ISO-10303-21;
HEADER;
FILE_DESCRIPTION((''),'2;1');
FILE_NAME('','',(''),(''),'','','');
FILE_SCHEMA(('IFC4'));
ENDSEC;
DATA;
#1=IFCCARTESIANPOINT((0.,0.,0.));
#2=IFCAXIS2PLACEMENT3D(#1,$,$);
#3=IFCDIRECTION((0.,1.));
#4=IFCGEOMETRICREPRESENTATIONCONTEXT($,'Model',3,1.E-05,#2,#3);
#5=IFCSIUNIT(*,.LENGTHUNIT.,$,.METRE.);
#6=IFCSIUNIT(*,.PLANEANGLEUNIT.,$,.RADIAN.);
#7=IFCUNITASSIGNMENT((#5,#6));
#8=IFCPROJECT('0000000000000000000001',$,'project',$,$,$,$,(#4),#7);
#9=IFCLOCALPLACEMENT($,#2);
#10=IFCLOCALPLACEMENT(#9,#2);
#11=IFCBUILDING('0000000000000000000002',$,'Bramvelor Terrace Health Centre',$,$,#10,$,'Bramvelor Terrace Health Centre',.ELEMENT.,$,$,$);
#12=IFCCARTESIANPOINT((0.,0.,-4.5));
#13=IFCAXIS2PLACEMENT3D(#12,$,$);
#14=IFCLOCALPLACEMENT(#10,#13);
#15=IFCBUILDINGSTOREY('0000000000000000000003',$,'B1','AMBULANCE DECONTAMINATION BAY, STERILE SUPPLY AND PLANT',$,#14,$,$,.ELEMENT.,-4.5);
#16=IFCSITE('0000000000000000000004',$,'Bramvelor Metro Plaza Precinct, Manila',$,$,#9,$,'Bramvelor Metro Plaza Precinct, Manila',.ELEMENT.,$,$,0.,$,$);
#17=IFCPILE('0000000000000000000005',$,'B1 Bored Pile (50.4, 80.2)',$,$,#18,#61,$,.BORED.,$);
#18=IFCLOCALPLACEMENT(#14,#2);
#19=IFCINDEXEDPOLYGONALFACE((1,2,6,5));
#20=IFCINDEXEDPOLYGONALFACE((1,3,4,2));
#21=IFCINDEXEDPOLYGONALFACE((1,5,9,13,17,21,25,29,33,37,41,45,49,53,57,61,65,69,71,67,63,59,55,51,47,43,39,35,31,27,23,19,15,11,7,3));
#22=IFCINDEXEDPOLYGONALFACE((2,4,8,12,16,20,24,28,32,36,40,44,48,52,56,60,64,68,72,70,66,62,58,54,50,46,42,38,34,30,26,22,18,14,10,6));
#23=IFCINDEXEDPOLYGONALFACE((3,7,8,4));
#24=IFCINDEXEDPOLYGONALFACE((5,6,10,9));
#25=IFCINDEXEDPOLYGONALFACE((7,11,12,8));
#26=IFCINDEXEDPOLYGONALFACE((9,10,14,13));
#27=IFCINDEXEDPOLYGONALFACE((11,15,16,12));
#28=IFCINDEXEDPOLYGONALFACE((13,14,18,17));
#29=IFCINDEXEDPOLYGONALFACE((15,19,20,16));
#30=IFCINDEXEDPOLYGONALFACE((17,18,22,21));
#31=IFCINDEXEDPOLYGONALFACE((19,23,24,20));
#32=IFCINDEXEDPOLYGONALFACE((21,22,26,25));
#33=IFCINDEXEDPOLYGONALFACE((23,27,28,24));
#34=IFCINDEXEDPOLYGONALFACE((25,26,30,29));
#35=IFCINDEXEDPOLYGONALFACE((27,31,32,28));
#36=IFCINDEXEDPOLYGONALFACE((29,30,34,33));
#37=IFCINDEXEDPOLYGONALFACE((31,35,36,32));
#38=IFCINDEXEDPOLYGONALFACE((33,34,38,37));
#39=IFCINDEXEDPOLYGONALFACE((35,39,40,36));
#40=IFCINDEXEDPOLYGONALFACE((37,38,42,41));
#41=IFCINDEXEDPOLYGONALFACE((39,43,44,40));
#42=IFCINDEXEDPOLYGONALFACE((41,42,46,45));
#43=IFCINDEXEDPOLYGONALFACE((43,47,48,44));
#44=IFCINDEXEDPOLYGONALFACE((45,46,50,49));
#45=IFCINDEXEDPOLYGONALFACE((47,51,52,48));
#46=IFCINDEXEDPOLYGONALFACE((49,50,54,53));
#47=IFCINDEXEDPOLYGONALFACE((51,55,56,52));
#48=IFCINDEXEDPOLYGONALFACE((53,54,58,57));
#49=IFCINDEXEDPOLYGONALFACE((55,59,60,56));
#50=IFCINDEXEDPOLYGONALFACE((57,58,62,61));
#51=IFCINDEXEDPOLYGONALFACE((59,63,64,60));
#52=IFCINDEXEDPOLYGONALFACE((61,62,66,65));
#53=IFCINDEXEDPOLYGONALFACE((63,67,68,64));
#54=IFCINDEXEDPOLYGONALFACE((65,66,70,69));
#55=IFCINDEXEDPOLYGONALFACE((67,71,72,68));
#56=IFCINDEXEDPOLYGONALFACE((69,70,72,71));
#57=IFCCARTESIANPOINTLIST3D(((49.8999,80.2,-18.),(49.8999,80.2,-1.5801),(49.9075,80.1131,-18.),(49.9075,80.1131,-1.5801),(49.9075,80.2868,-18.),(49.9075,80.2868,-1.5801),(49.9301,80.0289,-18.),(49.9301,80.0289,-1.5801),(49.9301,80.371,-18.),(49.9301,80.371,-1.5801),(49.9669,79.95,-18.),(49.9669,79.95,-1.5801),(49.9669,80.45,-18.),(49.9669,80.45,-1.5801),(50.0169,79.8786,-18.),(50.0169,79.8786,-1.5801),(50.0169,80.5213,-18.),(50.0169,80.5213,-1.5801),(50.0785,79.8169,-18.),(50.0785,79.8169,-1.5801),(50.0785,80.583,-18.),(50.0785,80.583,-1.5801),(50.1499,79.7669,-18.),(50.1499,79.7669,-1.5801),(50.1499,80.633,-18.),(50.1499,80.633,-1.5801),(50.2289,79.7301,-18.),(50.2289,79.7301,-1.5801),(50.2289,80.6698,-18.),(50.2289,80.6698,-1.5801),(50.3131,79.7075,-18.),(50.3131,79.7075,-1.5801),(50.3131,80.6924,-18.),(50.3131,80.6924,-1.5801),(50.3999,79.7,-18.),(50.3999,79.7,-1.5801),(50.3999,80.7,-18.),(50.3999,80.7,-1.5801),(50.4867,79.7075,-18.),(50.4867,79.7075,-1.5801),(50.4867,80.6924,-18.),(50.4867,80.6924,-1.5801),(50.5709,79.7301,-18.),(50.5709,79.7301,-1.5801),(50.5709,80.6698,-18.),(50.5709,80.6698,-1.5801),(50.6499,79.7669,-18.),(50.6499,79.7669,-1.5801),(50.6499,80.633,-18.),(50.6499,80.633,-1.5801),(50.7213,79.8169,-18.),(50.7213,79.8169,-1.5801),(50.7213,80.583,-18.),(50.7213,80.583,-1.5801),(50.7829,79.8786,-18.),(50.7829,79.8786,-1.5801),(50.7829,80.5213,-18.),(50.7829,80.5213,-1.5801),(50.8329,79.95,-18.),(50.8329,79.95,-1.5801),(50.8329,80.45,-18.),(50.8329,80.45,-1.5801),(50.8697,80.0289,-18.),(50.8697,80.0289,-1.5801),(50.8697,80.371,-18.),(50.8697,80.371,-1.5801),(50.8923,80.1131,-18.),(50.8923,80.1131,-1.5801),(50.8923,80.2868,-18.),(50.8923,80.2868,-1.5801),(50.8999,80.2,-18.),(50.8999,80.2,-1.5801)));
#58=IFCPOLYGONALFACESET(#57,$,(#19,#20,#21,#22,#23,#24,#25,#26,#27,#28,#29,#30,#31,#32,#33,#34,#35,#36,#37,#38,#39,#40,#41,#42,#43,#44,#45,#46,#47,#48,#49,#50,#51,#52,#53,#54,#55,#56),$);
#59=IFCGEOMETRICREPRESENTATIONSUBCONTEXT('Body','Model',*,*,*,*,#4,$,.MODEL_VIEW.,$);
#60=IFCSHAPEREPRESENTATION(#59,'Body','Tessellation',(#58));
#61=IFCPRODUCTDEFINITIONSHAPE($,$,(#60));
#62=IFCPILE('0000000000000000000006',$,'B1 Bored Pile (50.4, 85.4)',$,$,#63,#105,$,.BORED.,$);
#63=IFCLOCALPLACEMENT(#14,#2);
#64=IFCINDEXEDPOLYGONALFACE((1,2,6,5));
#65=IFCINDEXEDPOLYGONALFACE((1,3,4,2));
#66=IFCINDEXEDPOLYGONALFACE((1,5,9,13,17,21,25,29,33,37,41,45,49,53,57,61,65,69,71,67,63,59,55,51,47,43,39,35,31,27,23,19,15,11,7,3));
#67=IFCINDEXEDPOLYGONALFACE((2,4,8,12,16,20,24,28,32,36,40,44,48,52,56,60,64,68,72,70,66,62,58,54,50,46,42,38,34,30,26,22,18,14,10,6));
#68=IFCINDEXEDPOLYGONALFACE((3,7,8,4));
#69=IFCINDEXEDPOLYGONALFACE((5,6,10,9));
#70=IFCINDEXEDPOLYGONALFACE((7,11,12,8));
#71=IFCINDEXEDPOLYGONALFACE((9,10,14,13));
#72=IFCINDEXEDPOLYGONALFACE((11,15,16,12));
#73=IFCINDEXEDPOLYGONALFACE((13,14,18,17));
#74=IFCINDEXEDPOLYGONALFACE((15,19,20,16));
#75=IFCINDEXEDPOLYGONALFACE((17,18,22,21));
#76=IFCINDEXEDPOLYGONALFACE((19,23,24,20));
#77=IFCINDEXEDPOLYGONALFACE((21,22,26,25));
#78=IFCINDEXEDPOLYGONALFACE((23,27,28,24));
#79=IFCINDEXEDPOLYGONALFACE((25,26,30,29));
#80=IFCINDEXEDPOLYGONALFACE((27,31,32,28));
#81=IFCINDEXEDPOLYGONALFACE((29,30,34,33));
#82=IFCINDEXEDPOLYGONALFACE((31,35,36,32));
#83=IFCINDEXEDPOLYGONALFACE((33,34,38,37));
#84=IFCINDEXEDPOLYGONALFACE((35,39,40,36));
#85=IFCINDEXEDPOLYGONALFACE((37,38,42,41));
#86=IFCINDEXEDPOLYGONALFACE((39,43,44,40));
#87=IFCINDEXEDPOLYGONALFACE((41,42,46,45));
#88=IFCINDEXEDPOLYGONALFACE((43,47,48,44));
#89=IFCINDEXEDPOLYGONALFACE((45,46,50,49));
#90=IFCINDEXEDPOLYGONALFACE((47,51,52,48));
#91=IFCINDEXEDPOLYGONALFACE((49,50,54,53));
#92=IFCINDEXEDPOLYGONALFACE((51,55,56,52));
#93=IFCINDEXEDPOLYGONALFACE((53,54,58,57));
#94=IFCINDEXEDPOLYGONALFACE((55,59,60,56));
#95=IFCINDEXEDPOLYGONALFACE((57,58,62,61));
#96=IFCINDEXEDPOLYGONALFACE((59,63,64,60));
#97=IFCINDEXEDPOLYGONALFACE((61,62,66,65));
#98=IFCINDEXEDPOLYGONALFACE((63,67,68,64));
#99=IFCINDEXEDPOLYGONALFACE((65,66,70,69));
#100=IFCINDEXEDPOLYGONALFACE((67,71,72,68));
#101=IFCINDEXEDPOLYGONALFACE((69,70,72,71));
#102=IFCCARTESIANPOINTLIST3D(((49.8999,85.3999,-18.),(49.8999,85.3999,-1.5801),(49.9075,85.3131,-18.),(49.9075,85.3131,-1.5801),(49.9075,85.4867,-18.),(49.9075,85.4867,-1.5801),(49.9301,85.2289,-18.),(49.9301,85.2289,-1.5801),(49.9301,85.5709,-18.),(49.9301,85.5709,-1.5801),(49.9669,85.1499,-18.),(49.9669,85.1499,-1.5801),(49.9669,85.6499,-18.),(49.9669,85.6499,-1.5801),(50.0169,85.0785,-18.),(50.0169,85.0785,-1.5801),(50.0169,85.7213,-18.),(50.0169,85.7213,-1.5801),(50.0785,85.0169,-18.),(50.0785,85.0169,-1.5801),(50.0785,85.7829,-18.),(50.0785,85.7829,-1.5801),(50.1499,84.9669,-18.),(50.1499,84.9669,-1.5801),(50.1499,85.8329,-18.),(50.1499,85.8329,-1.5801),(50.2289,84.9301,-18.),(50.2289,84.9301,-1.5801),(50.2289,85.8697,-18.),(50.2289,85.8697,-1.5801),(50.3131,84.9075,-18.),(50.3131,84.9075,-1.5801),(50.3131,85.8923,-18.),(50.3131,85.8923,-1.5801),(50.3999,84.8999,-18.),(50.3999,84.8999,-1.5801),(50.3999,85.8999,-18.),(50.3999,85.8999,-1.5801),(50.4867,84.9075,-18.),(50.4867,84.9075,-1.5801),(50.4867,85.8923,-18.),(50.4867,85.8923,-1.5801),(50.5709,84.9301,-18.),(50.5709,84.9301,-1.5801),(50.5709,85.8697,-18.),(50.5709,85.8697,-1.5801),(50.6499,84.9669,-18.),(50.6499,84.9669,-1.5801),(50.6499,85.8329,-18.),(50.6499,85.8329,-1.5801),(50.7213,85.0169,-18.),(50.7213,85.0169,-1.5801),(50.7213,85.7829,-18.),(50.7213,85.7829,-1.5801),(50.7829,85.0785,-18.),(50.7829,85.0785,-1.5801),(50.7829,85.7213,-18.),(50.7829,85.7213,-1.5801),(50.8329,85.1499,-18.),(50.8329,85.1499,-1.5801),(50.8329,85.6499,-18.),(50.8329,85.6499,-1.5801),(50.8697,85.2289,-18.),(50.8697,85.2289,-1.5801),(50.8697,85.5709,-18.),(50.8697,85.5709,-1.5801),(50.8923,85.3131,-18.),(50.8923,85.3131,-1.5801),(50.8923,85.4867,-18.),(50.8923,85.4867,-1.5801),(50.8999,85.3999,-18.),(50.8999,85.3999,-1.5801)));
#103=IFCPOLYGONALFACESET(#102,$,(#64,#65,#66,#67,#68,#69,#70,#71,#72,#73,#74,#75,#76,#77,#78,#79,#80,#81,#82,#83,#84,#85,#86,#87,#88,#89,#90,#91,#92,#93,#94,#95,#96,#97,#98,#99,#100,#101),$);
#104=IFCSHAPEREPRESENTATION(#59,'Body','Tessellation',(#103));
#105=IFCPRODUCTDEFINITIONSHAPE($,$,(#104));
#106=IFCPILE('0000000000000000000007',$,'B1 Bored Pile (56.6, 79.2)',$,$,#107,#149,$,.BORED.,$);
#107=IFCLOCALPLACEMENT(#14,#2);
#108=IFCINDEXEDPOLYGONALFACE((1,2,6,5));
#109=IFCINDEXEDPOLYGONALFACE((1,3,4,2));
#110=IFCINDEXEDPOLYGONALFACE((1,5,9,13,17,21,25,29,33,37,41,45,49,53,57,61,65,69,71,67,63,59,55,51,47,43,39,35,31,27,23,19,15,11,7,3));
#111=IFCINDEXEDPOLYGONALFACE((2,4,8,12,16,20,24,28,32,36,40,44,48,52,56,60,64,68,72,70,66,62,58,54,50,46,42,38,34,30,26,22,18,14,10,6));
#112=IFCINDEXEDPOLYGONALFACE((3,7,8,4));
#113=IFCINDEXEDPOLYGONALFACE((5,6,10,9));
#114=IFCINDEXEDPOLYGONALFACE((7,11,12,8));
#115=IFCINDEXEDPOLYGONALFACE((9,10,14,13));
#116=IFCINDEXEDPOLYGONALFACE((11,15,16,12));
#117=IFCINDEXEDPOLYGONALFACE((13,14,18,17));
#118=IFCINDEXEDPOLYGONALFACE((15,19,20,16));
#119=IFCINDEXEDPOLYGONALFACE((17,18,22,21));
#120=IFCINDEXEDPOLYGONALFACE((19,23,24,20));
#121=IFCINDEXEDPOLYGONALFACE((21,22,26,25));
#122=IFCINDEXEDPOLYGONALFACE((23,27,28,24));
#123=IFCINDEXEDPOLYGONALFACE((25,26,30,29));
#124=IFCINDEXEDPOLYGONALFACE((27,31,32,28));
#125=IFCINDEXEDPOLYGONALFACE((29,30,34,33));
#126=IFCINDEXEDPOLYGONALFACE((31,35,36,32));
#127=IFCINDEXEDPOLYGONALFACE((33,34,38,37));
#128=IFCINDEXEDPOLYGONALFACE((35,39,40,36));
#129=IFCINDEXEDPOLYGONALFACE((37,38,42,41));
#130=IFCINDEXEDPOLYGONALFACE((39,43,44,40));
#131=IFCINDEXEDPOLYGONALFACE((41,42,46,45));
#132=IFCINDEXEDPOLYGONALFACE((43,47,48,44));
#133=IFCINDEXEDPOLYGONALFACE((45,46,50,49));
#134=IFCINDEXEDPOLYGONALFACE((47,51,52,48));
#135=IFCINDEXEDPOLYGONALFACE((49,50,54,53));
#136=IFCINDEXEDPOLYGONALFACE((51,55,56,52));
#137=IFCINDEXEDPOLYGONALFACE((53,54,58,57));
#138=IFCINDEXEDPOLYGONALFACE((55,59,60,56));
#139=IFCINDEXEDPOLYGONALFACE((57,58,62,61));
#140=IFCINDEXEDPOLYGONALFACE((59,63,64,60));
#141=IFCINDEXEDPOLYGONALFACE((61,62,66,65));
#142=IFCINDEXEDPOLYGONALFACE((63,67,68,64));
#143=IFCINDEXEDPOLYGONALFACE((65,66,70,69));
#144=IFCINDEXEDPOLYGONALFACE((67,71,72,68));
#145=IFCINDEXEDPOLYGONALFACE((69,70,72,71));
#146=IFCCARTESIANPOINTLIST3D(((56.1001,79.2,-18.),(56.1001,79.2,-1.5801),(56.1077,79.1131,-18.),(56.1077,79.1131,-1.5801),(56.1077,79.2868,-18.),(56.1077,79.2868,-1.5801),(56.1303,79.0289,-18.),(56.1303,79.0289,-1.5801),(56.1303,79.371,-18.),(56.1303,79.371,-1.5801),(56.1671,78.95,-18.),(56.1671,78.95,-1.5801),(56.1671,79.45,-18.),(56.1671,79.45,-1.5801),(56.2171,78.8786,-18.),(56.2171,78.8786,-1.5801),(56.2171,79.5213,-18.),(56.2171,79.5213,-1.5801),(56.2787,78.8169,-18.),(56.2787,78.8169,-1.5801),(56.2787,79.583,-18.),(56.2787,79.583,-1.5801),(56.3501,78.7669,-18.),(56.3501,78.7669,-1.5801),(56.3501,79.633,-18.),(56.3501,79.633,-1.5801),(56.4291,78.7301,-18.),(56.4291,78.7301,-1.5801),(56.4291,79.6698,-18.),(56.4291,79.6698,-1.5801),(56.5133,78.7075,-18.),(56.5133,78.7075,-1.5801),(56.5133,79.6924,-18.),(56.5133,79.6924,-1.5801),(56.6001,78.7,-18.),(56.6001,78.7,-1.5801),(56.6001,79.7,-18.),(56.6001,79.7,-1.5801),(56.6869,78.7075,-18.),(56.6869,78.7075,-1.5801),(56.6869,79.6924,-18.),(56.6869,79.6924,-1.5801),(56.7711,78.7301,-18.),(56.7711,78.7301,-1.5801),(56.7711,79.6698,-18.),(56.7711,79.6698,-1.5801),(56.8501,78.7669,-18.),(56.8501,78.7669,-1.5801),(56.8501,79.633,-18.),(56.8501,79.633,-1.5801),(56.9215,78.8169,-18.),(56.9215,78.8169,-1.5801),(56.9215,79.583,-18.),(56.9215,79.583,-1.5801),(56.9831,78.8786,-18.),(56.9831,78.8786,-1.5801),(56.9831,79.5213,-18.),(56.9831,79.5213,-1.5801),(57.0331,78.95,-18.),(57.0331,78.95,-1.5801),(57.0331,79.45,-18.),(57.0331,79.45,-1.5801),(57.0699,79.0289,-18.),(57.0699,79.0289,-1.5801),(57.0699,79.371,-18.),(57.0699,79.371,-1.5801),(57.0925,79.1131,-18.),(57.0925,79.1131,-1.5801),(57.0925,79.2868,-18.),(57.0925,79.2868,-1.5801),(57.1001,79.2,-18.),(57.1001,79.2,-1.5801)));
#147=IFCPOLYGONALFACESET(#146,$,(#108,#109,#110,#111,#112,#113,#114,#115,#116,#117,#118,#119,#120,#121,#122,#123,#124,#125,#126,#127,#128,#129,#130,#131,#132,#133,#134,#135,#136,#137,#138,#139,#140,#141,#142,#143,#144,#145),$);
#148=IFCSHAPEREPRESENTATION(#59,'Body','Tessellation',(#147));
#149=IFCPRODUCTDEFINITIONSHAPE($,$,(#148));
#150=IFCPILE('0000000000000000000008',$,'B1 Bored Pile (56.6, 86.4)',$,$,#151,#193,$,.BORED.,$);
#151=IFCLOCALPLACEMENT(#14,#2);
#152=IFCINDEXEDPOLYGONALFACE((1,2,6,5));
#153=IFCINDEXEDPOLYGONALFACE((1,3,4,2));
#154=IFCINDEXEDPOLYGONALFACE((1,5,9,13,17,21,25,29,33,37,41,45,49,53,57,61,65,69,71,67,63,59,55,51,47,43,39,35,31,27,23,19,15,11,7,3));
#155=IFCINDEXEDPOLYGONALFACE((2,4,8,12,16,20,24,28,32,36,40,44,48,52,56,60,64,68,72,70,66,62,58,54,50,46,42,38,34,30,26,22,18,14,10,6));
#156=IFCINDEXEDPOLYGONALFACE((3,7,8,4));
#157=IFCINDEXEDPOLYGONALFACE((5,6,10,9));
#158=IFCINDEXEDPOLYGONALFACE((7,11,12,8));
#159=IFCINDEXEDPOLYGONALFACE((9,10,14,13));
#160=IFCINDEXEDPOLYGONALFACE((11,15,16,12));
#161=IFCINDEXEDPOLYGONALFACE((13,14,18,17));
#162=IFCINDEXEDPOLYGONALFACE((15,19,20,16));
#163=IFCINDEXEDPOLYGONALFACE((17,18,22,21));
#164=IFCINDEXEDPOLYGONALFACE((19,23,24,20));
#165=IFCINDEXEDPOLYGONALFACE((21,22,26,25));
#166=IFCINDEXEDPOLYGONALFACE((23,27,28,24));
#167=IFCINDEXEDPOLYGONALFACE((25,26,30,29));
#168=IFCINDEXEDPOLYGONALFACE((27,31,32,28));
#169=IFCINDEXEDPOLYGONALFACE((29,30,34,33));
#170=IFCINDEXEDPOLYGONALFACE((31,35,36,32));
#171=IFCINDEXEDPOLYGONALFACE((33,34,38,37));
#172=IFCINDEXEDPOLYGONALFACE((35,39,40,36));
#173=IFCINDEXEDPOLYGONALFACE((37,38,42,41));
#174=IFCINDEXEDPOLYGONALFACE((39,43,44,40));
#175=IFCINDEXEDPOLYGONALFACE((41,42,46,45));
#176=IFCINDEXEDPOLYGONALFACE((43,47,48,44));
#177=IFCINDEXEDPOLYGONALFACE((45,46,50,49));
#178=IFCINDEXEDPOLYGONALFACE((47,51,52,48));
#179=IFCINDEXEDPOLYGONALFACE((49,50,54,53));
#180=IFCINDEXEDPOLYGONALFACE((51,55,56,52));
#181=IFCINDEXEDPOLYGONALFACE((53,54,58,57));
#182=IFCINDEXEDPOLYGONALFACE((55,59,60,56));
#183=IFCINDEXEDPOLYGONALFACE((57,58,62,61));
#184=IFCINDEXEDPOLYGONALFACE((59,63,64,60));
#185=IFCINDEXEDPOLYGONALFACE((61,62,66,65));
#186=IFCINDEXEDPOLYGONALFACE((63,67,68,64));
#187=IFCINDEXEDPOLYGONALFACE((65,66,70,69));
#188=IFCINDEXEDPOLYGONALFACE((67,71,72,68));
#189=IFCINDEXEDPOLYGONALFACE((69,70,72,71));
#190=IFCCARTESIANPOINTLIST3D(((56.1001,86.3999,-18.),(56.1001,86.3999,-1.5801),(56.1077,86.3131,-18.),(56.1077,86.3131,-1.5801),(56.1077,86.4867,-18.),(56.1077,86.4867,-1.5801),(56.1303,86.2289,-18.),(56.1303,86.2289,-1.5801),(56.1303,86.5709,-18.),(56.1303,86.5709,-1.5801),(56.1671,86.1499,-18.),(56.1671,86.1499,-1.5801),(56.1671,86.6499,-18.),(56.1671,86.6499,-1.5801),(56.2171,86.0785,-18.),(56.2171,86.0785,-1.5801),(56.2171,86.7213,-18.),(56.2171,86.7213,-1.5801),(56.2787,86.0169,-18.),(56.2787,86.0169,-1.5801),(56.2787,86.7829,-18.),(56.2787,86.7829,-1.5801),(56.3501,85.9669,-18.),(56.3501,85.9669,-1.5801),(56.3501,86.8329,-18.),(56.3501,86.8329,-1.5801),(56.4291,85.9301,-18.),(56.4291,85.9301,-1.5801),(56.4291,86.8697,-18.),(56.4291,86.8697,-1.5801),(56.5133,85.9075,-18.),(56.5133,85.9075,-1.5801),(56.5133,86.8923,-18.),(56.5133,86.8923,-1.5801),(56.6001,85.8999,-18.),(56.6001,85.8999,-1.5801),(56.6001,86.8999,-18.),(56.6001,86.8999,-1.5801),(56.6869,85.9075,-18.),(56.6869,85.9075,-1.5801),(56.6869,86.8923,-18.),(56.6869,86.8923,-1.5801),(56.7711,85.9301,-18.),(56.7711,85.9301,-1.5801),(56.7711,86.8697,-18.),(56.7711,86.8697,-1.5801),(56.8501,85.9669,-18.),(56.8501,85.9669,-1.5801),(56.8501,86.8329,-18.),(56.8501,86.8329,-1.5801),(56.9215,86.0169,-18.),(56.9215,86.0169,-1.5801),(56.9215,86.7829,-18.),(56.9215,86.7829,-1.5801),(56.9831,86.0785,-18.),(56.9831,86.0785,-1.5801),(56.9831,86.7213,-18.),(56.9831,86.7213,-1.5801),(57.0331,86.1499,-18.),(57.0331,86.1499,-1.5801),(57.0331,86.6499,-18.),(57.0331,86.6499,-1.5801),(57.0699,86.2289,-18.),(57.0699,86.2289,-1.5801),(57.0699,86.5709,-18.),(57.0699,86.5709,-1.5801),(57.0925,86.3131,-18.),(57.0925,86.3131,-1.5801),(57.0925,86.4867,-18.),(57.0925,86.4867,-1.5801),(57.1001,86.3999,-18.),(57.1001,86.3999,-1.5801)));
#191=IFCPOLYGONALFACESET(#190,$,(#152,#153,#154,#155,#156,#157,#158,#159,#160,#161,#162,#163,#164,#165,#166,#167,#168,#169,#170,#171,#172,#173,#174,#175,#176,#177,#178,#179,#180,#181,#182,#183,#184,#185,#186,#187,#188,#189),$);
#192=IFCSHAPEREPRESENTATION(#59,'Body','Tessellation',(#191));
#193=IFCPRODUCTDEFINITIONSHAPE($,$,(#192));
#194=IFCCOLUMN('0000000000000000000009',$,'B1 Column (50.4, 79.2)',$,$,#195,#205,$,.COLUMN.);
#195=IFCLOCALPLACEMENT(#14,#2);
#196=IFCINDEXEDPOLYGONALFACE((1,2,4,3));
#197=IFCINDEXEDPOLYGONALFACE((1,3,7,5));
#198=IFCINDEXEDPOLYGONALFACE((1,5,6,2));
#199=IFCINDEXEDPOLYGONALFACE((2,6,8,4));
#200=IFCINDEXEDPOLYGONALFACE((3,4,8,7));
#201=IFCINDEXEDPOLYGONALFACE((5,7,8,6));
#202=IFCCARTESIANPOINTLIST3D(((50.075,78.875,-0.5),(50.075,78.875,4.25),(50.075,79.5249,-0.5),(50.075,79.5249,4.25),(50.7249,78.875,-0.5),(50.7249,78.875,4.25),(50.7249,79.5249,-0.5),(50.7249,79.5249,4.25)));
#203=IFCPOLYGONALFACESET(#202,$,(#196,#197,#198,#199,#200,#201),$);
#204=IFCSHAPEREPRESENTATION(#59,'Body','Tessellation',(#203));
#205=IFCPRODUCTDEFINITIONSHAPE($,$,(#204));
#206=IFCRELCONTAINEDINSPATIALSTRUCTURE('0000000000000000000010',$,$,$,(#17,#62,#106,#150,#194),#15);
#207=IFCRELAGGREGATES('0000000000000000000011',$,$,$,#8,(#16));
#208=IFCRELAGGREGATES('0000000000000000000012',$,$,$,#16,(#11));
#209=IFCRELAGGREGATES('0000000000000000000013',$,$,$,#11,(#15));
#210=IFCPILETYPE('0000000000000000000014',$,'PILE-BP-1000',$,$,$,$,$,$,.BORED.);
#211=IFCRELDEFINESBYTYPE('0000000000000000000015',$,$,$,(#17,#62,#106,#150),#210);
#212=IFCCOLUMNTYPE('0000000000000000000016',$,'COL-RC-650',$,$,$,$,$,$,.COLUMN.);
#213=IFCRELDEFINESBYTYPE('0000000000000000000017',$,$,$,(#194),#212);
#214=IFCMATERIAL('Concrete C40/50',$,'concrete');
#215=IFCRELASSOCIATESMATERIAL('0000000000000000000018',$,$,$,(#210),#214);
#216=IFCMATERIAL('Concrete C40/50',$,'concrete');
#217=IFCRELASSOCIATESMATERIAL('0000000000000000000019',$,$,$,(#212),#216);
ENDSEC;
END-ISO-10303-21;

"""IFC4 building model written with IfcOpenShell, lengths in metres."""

from ifc_helpers import new_model, si_unit, direction, frame, origin, origin_2d, place, context, subcontext, project, spatial, rectangle, circle, extrude, material, material_profile, profile_set, type_object, element, save


model = new_model("IFC4")

# Units and contexts
model_context = context("Model", 3, precision=1e-05, world=origin(), true_north=direction((0.0, 1.0)))
body_context = subcontext(model_context, "Body", "Model", "MODEL_VIEW")
ifc_project = project(units=[si_unit("LENGTHUNIT", "METRE"), si_unit("PLANEANGLEUNIT", "RADIAN")], contexts=[model_context])

# Site, building, storey
site_placement = place(None, origin())
site = spatial("IfcSite", under=ifc_project, at=site_placement, Name="Bramvelor Metro Plaza Precinct, Manila", LongName="Bramvelor Metro Plaza Precinct, Manila", CompositionType="ELEMENT", RefElevation=0.0)
building_placement = place(site_placement, origin())
building = spatial("IfcBuilding", under=site, at=building_placement, Name="Bramvelor Terrace Health Centre", LongName="Bramvelor Terrace Health Centre", CompositionType="ELEMENT")
storey_placement = place(building_placement, frame((0.0, 0.0, -4.5)))
storey = spatial("IfcBuildingStorey", under=building, at=storey_placement, Name="B1", Description="AMBULANCE DECONTAMINATION BAY, STERILE SUPPLY AND PLANT", CompositionType="ELEMENT", Elevation=-4.5)

# Piles
ifc_material_1 = material(Name="Concrete C40/50", Category="concrete")
ifc_material_profile_1 = material_profile(ifc_material_1, circle(Radius=0.5, at=origin_2d()), Name="BP D1000")
ifc_profile_set_1 = profile_set([ifc_material_profile_1], Name="Concrete C40/50")
pile_type = type_object("IfcPileType", Name="PILE-BP-1000", PredefinedType="BORED", material=ifc_profile_set_1)
for number, where, z_axis, x_axis, name in (
    (1, (50.3999, 80.2, -1.5801), (0.0, 0.0, -1.0), (1.0, 0.0, 0.0), "B1 Bored Pile (50.4, 80.2)"),
    (2, (50.3999, 85.3999, -1.5801), (0.0, 0.0, -1.0), (1.0, 0.0, 0.0), "B1 Bored Pile (50.4, 85.4)"),
    (3, (56.6001, 79.2, -1.5801), (0.0, 0.0, -1.0), (1.0, 0.0, 0.0), "B1 Bored Pile (56.6, 79.2)"),
    (4, (56.6001, 86.3999, -1.5801), (0.0, 0.0, -1.0), (1.0, 0.0, 0.0), "B1 Bored Pile (56.6, 86.4)"),
):
    element("IfcPile", number, at=place(storey_placement, frame(where, z_axis=z_axis, x_axis=x_axis)), inside=storey, type_object=pile_type, Name=name, PredefinedType="BORED", context=body_context, shape_type="SweptSolid", body=[
        extrude(circle(Radius=0.5, at=origin_2d()), origin(), (0.0, 0.0, 1.0), 16.4199),
    ])

# Column
ifc_material_2 = material(Name="Concrete C40/50", Category="concrete")
ifc_material_profile_2 = material_profile(ifc_material_2, rectangle(XDim=0.6499, YDim=0.6499, at=origin_2d()), Name="RC 650x650")
ifc_profile_set_2 = profile_set([ifc_material_profile_2], Name="Concrete C40/50")
column_type = type_object("IfcColumnType", Name="COL-RC-650", PredefinedType="COLUMN", material=ifc_profile_set_2)
for number, where, z_axis, x_axis, name in (
    (5, (50.3999, 79.2, -0.5), (0.0, 0.0, 1.0), (1.0, 0.0, 0.0), "B1 Column (50.4, 79.2)"),
):
    element("IfcColumn", number, at=place(storey_placement, frame(where, z_axis=z_axis, x_axis=x_axis)), inside=storey, type_object=column_type, Name=name, PredefinedType="COLUMN", context=body_context, shape_type="SweptSolid", body=[
        extrude(rectangle(XDim=0.6499, YDim=0.6499, at=origin_2d()), origin(), (0.0, 0.0, 1.0), 4.75),
    ])

save(model, "model.ifc")
